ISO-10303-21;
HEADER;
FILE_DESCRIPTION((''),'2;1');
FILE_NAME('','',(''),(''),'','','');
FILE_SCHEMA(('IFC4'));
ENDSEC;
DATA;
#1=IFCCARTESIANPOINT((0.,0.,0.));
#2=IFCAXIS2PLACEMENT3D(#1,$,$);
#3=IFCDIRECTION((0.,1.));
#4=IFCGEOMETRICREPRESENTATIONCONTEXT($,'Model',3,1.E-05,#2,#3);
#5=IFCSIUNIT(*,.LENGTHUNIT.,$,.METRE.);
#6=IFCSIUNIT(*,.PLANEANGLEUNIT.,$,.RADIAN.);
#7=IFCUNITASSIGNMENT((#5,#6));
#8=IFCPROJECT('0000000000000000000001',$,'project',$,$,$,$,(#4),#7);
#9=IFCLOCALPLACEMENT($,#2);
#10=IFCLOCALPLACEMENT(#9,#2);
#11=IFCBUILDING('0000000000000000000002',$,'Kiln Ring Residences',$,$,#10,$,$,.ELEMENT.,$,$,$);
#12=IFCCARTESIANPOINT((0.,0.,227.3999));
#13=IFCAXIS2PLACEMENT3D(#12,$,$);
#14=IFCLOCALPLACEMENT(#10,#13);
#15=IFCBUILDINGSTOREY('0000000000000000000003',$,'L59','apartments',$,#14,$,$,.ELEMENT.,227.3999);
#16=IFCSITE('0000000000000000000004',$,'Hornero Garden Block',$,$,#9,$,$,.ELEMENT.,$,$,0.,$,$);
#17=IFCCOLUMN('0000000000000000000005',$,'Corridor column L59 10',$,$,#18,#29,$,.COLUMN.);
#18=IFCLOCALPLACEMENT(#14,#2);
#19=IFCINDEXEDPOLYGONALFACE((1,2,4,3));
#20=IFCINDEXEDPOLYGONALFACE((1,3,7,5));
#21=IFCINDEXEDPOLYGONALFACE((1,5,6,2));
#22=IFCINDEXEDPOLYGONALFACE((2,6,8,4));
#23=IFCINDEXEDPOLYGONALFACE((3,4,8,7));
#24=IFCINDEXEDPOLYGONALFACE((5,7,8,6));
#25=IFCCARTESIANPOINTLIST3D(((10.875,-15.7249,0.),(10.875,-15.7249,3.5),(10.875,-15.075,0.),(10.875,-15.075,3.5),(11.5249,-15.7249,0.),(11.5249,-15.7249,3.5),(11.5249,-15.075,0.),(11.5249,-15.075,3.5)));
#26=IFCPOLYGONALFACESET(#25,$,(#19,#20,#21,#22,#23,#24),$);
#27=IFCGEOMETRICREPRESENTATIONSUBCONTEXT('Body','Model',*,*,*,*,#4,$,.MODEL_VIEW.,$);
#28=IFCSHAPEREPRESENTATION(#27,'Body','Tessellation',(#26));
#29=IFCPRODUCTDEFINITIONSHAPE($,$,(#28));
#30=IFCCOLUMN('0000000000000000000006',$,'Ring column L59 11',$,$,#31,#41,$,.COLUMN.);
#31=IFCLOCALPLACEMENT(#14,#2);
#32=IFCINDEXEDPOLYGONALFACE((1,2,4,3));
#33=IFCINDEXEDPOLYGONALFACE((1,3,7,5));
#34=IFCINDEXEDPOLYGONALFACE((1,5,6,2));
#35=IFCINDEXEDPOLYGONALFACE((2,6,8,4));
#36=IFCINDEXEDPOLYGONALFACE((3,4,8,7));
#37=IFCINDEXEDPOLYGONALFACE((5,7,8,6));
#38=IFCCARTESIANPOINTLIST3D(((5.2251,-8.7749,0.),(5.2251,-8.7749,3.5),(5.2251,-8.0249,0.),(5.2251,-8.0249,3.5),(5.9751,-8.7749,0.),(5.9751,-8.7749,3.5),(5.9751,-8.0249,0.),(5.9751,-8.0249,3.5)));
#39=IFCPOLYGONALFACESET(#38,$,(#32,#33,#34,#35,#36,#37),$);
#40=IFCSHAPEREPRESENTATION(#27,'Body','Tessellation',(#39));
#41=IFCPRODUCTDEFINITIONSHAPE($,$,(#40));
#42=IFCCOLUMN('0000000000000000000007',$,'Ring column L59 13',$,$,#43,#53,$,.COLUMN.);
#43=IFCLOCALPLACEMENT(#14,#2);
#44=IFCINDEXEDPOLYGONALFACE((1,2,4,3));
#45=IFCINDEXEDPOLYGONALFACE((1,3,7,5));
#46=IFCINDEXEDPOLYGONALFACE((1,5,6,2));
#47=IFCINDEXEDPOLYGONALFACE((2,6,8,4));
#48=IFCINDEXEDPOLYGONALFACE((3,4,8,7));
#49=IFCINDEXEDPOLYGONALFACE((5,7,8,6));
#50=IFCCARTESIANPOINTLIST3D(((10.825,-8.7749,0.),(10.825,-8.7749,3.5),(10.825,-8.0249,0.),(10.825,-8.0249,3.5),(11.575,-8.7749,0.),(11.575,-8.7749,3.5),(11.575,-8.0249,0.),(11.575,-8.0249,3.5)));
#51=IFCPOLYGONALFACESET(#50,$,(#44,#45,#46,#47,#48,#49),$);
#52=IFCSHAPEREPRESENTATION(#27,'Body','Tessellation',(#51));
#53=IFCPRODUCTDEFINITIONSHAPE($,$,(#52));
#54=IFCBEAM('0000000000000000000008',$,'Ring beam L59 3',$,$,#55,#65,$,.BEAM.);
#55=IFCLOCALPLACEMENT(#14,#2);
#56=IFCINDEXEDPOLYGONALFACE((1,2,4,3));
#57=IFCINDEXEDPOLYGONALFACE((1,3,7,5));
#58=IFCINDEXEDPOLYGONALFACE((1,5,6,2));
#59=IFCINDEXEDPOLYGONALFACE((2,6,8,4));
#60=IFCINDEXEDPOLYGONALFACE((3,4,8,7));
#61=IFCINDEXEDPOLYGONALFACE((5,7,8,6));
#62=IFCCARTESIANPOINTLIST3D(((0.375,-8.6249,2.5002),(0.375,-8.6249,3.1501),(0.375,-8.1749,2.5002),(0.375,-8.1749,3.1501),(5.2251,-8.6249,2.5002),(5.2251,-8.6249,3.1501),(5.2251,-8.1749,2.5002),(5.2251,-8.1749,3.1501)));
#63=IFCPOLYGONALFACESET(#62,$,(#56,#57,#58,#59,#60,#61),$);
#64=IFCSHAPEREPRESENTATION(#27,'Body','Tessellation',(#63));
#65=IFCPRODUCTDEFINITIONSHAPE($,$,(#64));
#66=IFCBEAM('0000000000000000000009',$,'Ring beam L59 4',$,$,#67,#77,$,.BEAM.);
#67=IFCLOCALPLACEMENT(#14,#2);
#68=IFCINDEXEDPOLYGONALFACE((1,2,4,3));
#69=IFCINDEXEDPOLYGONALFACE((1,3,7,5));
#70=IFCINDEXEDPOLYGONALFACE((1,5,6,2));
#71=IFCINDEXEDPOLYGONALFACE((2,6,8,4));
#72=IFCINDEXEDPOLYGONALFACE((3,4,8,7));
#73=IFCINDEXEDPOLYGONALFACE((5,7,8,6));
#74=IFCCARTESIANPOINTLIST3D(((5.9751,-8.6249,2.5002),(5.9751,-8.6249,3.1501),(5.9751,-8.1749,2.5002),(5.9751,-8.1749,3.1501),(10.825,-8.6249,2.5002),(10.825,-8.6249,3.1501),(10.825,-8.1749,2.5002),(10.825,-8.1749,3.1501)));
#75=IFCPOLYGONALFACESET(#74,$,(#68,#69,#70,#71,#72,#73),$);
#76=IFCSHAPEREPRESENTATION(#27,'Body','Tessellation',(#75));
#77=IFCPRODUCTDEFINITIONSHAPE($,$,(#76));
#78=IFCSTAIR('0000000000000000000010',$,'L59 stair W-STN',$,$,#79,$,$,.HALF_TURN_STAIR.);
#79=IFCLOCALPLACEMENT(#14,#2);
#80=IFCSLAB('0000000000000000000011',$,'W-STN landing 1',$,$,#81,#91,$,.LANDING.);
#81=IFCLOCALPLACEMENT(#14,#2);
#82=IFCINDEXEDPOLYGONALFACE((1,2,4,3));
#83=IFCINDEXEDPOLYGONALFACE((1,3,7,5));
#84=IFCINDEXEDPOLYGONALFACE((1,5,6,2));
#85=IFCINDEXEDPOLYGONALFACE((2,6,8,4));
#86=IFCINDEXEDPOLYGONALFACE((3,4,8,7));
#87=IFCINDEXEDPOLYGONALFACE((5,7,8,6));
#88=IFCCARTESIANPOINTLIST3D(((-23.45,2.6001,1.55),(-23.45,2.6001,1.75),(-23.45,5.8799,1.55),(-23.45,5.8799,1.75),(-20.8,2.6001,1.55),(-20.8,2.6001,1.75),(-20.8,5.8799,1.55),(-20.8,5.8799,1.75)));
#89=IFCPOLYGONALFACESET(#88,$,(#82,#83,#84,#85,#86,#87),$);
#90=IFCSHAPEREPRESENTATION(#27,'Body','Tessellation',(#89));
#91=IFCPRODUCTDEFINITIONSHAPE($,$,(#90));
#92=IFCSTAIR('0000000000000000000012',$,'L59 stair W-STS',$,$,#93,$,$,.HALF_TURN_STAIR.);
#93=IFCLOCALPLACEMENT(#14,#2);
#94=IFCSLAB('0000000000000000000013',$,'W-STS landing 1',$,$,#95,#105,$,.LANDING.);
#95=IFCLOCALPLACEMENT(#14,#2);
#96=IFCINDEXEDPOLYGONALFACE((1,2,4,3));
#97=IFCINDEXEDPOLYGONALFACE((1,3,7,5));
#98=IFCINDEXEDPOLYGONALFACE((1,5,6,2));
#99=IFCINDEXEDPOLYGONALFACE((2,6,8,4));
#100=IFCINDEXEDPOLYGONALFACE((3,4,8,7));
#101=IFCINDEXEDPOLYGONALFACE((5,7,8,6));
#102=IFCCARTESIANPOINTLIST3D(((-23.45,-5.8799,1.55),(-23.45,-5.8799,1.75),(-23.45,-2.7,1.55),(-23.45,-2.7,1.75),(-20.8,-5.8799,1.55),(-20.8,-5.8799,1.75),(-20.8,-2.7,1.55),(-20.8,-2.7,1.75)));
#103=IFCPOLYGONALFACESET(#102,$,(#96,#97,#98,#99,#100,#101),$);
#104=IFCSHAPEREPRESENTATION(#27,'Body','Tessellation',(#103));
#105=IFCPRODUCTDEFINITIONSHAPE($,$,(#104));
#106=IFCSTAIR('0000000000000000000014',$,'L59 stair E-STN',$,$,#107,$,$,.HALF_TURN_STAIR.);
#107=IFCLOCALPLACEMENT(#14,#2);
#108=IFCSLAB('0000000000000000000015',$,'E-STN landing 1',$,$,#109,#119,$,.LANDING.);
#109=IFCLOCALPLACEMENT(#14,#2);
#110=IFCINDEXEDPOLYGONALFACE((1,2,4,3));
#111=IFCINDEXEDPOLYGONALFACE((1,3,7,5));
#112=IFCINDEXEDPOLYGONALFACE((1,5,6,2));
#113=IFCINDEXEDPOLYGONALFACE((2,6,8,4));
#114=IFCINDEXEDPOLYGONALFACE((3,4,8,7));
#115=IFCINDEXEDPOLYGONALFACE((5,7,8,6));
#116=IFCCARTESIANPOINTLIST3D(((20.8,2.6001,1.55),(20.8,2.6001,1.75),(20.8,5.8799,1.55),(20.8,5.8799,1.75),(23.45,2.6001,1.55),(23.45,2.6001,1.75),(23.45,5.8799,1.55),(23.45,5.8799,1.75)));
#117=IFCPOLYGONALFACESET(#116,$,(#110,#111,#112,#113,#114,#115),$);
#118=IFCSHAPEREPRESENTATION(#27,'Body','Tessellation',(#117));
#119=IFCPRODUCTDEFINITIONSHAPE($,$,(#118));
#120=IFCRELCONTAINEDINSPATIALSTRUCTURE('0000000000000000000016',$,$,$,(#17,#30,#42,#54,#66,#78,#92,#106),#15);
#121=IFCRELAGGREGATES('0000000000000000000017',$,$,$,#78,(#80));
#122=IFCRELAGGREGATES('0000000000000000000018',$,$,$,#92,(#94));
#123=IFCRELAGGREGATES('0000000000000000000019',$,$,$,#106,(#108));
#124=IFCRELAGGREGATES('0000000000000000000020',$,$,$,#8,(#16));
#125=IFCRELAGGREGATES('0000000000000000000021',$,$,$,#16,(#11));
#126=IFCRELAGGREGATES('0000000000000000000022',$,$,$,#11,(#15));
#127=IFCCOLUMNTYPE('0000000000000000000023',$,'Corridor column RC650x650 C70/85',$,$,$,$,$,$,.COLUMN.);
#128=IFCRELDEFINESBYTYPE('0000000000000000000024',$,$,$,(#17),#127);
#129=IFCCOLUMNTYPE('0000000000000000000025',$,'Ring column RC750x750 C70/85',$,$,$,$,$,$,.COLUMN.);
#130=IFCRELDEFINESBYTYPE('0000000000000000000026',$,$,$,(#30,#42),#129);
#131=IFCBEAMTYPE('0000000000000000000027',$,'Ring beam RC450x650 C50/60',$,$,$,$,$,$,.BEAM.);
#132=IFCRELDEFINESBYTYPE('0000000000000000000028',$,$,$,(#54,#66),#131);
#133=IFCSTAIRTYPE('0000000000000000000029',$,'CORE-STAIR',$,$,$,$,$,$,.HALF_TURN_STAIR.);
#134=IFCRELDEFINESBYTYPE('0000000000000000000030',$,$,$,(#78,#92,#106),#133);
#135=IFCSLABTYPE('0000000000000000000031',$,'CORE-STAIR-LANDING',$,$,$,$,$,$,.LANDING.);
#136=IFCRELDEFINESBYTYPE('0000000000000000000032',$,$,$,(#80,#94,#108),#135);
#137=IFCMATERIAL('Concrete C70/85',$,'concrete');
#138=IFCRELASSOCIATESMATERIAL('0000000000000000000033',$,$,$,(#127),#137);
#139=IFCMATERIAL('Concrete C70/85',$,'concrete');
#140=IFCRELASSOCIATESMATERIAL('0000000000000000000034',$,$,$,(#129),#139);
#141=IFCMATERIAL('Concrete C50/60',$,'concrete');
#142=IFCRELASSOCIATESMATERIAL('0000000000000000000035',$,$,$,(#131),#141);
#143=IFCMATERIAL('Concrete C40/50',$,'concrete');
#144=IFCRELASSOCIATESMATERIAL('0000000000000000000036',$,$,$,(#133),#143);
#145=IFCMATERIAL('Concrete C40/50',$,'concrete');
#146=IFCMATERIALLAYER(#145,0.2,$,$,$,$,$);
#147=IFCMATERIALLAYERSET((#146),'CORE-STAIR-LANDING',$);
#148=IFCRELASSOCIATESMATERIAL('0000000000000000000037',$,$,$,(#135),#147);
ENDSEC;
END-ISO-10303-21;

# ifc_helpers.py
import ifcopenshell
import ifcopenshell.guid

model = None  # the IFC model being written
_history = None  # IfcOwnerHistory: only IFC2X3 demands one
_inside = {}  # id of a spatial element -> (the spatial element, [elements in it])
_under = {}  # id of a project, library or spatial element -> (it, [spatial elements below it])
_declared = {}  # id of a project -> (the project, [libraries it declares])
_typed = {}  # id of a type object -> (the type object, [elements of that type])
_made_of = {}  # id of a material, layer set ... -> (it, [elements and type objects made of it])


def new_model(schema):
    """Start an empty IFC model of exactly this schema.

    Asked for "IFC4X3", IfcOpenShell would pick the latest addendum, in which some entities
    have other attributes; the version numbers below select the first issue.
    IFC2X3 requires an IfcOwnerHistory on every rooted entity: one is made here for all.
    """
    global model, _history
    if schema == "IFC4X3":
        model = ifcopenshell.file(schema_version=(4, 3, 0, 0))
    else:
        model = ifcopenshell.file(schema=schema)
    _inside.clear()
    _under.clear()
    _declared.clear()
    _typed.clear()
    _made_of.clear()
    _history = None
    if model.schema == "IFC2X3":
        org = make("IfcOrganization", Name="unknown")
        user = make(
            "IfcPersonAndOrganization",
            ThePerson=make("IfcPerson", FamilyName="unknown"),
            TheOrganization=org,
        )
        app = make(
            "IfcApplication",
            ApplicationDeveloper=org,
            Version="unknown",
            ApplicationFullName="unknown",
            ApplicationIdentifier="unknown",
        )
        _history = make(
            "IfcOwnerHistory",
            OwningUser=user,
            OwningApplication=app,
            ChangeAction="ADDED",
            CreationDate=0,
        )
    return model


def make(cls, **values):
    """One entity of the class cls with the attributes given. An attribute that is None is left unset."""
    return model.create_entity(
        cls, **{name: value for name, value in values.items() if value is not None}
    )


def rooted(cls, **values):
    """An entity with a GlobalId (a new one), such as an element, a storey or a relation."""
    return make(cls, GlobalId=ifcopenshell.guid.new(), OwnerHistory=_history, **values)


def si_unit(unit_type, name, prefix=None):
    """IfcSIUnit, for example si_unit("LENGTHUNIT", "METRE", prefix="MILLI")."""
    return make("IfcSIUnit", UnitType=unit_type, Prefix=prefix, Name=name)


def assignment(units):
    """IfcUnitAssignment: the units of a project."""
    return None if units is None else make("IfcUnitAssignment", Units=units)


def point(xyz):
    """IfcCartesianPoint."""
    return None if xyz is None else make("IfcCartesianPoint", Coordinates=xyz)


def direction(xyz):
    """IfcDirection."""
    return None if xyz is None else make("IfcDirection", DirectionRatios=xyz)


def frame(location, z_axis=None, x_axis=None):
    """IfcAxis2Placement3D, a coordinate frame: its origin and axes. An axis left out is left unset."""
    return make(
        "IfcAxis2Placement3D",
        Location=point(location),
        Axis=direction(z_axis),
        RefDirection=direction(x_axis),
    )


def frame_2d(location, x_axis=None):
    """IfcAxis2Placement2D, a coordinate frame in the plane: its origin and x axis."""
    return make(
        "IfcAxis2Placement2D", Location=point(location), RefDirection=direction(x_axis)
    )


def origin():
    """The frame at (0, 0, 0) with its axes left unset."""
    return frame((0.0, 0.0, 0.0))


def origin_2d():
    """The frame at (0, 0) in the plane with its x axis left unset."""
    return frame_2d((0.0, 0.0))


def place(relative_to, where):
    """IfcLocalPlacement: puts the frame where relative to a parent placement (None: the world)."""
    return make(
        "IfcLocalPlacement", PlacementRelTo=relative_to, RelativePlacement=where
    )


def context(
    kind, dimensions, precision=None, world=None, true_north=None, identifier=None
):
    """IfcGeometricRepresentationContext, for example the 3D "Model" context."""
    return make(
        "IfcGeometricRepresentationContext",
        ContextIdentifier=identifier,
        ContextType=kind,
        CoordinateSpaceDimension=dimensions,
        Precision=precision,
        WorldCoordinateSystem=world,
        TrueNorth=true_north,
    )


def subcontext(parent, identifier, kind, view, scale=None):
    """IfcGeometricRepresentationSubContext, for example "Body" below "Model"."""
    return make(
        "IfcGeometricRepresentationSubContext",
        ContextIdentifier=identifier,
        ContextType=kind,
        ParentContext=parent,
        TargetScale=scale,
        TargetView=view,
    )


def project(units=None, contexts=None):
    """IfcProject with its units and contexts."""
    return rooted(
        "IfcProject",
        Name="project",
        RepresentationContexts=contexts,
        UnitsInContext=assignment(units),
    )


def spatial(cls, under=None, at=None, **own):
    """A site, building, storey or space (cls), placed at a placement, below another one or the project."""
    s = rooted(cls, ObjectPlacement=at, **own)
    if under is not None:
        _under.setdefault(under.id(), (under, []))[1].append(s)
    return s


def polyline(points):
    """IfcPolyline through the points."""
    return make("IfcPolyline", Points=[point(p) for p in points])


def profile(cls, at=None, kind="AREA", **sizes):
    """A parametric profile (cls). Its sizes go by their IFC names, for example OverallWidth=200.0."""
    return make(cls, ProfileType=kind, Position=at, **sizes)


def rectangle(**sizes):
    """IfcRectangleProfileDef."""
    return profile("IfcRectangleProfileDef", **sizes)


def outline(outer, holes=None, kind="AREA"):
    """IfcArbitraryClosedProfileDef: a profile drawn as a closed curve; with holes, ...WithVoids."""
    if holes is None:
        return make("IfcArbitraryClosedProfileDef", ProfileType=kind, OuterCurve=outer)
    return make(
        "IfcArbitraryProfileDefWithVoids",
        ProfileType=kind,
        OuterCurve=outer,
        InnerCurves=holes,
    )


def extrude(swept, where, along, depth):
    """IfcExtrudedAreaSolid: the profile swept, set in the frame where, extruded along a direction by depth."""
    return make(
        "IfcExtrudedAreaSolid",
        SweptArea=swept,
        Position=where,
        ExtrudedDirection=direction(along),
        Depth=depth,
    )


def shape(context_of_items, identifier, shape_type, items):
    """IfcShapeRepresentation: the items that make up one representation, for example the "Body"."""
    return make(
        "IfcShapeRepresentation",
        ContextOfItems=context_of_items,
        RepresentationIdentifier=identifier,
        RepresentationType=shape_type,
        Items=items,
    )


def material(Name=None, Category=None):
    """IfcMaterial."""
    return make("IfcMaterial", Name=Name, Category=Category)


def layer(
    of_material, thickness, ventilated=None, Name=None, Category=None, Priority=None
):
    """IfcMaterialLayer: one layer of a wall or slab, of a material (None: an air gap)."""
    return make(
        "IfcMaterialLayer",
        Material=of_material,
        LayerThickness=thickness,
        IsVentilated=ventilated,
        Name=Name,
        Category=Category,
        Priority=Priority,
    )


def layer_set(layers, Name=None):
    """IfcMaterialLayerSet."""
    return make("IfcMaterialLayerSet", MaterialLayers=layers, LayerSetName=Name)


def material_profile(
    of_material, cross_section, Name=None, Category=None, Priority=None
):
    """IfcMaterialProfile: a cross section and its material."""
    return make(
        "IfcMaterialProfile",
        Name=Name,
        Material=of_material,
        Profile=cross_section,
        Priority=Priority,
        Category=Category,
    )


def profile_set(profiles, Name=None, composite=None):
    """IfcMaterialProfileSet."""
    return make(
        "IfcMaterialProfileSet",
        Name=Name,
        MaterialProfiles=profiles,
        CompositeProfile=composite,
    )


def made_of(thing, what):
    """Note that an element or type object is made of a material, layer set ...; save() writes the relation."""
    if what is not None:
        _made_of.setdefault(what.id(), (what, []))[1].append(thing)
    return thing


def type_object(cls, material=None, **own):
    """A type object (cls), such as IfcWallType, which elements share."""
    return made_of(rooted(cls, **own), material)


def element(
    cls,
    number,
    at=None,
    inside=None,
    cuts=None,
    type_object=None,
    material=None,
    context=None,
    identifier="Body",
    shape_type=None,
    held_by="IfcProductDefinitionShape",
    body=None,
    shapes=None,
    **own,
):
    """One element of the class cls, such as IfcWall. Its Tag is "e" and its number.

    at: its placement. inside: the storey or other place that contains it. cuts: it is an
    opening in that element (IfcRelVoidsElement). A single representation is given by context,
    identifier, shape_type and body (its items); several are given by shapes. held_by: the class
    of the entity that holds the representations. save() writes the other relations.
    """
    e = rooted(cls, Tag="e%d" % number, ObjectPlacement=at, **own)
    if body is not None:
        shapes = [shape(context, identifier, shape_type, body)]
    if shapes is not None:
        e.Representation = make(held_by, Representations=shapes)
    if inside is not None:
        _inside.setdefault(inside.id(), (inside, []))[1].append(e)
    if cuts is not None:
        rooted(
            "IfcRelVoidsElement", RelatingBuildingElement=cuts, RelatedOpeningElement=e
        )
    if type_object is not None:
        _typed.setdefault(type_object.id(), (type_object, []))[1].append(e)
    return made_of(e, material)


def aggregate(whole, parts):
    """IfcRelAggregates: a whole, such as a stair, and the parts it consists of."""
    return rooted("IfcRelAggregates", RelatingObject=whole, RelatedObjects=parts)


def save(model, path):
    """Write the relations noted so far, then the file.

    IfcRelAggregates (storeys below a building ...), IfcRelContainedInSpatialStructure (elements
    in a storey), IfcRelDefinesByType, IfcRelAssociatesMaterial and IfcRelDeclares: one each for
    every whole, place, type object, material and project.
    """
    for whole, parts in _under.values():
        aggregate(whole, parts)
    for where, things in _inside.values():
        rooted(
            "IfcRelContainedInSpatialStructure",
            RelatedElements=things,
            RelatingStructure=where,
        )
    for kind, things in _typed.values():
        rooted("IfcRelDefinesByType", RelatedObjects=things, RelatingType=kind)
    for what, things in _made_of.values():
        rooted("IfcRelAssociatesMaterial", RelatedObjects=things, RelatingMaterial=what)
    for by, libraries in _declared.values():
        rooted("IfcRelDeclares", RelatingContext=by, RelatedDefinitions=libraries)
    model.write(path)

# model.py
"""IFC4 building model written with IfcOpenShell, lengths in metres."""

from ifc_helpers import new_model, si_unit, direction, frame, origin, origin_2d, place, context, subcontext, project, spatial, polyline, rectangle, outline, extrude, material, layer, layer_set, material_profile, profile_set, type_object, element, aggregate, save


model = new_model("IFC4")

# Units and contexts
model_context = context("Model", 3, precision=1e-05, world=origin(), true_north=direction((0.0, 1.0)))
body_context = subcontext(model_context, "Body", "Model", "MODEL_VIEW")
ifc_project = project(units=[si_unit("LENGTHUNIT", "METRE"), si_unit("PLANEANGLEUNIT", "RADIAN")], contexts=[model_context])

# Site, building, storey
site_placement = place(None, origin())
site = spatial("IfcSite", under=ifc_project, at=site_placement, Name="Hornero Garden Block", CompositionType="ELEMENT", RefElevation=0.0)
building_placement = place(site_placement, origin())
building = spatial("IfcBuilding", under=site, at=building_placement, Name="Kiln Ring Residences", CompositionType="ELEMENT")
storey_placement = place(building_placement, frame((0.0, 0.0, 227.3999)))
storey = spatial("IfcBuildingStorey", under=building, at=storey_placement, Name="L59", Description="apartments", CompositionType="ELEMENT", Elevation=227.3999)

# Columns
ifc_material_1 = material(Name="Concrete C70/85", Category="concrete")
ifc_material_profile_1 = material_profile(ifc_material_1, rectangle(XDim=0.6499, YDim=0.6499, at=origin_2d()), Name="RC650x650")
ifc_profile_set_1 = profile_set([ifc_material_profile_1], Name="Concrete C70/85")
column_type_1 = type_object("IfcColumnType", Name="Corridor column RC650x650 C70/85", PredefinedType="COLUMN", material=ifc_profile_set_1)
column_placement = place(storey_placement, frame((11.2, -15.3999, 0.0), z_axis=(0.0, 0.0, 1.0), x_axis=(1.0, 0.0, 0.0)))
element("IfcColumn", 1, at=column_placement, inside=storey, type_object=column_type_1, Name="Corridor column L59 10", PredefinedType="COLUMN", context=body_context, shape_type="SweptSolid", body=[
    extrude(rectangle(XDim=0.6499, YDim=0.6499, at=origin_2d()), origin(), (0.0, 0.0, 1.0), 3.5),
])
ifc_material_2 = material(Name="Concrete C70/85", Category="concrete")
ifc_material_profile_2 = material_profile(ifc_material_2, rectangle(XDim=0.75, YDim=0.75, at=origin_2d()), Name="RC750x750")
ifc_profile_set_2 = profile_set([ifc_material_profile_2], Name="Concrete C70/85")
column_type_2 = type_object("IfcColumnType", Name="Ring column RC750x750 C70/85", PredefinedType="COLUMN", material=ifc_profile_set_2)
for number, where, z_axis, x_axis, name in (
    (2, (5.6001, -8.3999, 0.0), (0.0, 0.0, 1.0), (1.0, 0.0, 0.0), "Ring column L59 11"),
    (3, (11.2, -8.3999, 0.0), (0.0, 0.0, 1.0), (1.0, 0.0, 0.0), "Ring column L59 13"),
):
    element("IfcColumn", number, at=place(storey_placement, frame(where, z_axis=z_axis, x_axis=x_axis)), inside=storey, type_object=column_type_2, Name=name, PredefinedType="COLUMN", context=body_context, shape_type="SweptSolid", body=[
        extrude(rectangle(XDim=0.75, YDim=0.75, at=origin_2d()), origin(), (0.0, 0.0, 1.0), 3.5),
    ])

# Beams
ifc_material_3 = material(Name="Concrete C50/60", Category="concrete")
ifc_material_profile_3 = material_profile(ifc_material_3, rectangle(XDim=0.45, YDim=0.6499, at=origin_2d()), Name="RC450x650")
ifc_profile_set_3 = profile_set([ifc_material_profile_3], Name="Concrete C50/60")
beam_type = type_object("IfcBeamType", Name="Ring beam RC450x650 C50/60", PredefinedType="BEAM", material=ifc_profile_set_3)
beam_1_placement = place(storey_placement, frame((0.375, -8.3999, 2.8252), z_axis=(1.0, 0.0, 0.0), x_axis=(0.0, 1.0, 0.0)))
element("IfcBeam", 4, at=beam_1_placement, inside=storey, type_object=beam_type, Name="Ring beam L59 3", PredefinedType="BEAM", context=body_context, shape_type="SweptSolid", body=[
    extrude(rectangle(XDim=0.45, YDim=0.6499, at=origin_2d()), origin(), (0.0, 0.0, 1.0), 4.8501),
])
beam_2_placement = place(storey_placement, frame((5.9751, -8.3999, 2.8252), z_axis=(1.0, 0.0, 0.0), x_axis=(0.0, 1.0, 0.0)))
element("IfcBeam", 5, at=beam_2_placement, inside=storey, type_object=beam_type, Name="Ring beam L59 4", PredefinedType="BEAM", context=body_context, shape_type="SweptSolid", body=[
    extrude(rectangle(XDim=0.45, YDim=0.6499, at=origin_2d()), origin(), (0.0, 0.0, 1.0), 4.8499),
])

# Stairs, slabs
ifc_material_4 = material(Name="Concrete C40/50", Category="concrete")
stair_type = type_object("IfcStairType", Name="CORE-STAIR", PredefinedType="HALF_TURN_STAIR", material=ifc_material_4)
placement_1 = place(storey_placement, origin())
stair_1 = element("IfcStair", 6, at=placement_1, inside=storey, type_object=stair_type, Name="L59 stair W-STN", PredefinedType="HALF_TURN_STAIR")
ifc_material_5 = material(Name="Concrete C40/50", Category="concrete")
ifc_layer_1 = layer(ifc_material_5, 0.2)
ifc_layer_set_1 = layer_set([ifc_layer_1], Name="CORE-STAIR-LANDING")
slab_type = type_object("IfcSlabType", Name="CORE-STAIR-LANDING", PredefinedType="LANDING", material=ifc_layer_set_1)
placement_2 = place(storey_placement, frame((0.0, 0.0, 1.55)))
slab_1 = element("IfcSlab", 7, at=placement_2, type_object=slab_type, Name="W-STN landing 1", PredefinedType="LANDING", context=body_context, shape_type="SweptSolid", body=[
    extrude(outline(polyline([(-23.45, 5.8799), (-23.45, 2.6001), (-20.8, 2.6001), (-20.8, 5.8799), (-23.45, 5.8799)])), origin(), (0.0, 0.0, 1.0), 0.2),
])
aggregate(stair_1, [slab_1])
stair_2 = element("IfcStair", 8, at=placement_1, inside=storey, type_object=stair_type, Name="L59 stair W-STS", PredefinedType="HALF_TURN_STAIR")
slab_2 = element("IfcSlab", 9, at=placement_2, type_object=slab_type, Name="W-STS landing 1", PredefinedType="LANDING", context=body_context, shape_type="SweptSolid", body=[
    extrude(outline(polyline([(-20.8, -5.8799), (-20.8, -2.7), (-23.45, -2.7), (-23.45, -5.8799), (-20.8, -5.8799)])), origin(), (0.0, 0.0, 1.0), 0.2),
])
aggregate(stair_2, [slab_2])
stair_3 = element("IfcStair", 10, at=placement_1, inside=storey, type_object=stair_type, Name="L59 stair E-STN", PredefinedType="HALF_TURN_STAIR")
slab_3 = element("IfcSlab", 11, at=placement_2, type_object=slab_type, Name="E-STN landing 1", PredefinedType="LANDING", context=body_context, shape_type="SweptSolid", body=[
    extrude(outline(polyline([(20.8, 5.8799), (20.8, 2.6001), (23.45, 2.6001), (23.45, 5.8799), (20.8, 5.8799)])), origin(), (0.0, 0.0, 1.0), 0.2),
])
aggregate(stair_3, [slab_3])

save(model, "model.ifc")
